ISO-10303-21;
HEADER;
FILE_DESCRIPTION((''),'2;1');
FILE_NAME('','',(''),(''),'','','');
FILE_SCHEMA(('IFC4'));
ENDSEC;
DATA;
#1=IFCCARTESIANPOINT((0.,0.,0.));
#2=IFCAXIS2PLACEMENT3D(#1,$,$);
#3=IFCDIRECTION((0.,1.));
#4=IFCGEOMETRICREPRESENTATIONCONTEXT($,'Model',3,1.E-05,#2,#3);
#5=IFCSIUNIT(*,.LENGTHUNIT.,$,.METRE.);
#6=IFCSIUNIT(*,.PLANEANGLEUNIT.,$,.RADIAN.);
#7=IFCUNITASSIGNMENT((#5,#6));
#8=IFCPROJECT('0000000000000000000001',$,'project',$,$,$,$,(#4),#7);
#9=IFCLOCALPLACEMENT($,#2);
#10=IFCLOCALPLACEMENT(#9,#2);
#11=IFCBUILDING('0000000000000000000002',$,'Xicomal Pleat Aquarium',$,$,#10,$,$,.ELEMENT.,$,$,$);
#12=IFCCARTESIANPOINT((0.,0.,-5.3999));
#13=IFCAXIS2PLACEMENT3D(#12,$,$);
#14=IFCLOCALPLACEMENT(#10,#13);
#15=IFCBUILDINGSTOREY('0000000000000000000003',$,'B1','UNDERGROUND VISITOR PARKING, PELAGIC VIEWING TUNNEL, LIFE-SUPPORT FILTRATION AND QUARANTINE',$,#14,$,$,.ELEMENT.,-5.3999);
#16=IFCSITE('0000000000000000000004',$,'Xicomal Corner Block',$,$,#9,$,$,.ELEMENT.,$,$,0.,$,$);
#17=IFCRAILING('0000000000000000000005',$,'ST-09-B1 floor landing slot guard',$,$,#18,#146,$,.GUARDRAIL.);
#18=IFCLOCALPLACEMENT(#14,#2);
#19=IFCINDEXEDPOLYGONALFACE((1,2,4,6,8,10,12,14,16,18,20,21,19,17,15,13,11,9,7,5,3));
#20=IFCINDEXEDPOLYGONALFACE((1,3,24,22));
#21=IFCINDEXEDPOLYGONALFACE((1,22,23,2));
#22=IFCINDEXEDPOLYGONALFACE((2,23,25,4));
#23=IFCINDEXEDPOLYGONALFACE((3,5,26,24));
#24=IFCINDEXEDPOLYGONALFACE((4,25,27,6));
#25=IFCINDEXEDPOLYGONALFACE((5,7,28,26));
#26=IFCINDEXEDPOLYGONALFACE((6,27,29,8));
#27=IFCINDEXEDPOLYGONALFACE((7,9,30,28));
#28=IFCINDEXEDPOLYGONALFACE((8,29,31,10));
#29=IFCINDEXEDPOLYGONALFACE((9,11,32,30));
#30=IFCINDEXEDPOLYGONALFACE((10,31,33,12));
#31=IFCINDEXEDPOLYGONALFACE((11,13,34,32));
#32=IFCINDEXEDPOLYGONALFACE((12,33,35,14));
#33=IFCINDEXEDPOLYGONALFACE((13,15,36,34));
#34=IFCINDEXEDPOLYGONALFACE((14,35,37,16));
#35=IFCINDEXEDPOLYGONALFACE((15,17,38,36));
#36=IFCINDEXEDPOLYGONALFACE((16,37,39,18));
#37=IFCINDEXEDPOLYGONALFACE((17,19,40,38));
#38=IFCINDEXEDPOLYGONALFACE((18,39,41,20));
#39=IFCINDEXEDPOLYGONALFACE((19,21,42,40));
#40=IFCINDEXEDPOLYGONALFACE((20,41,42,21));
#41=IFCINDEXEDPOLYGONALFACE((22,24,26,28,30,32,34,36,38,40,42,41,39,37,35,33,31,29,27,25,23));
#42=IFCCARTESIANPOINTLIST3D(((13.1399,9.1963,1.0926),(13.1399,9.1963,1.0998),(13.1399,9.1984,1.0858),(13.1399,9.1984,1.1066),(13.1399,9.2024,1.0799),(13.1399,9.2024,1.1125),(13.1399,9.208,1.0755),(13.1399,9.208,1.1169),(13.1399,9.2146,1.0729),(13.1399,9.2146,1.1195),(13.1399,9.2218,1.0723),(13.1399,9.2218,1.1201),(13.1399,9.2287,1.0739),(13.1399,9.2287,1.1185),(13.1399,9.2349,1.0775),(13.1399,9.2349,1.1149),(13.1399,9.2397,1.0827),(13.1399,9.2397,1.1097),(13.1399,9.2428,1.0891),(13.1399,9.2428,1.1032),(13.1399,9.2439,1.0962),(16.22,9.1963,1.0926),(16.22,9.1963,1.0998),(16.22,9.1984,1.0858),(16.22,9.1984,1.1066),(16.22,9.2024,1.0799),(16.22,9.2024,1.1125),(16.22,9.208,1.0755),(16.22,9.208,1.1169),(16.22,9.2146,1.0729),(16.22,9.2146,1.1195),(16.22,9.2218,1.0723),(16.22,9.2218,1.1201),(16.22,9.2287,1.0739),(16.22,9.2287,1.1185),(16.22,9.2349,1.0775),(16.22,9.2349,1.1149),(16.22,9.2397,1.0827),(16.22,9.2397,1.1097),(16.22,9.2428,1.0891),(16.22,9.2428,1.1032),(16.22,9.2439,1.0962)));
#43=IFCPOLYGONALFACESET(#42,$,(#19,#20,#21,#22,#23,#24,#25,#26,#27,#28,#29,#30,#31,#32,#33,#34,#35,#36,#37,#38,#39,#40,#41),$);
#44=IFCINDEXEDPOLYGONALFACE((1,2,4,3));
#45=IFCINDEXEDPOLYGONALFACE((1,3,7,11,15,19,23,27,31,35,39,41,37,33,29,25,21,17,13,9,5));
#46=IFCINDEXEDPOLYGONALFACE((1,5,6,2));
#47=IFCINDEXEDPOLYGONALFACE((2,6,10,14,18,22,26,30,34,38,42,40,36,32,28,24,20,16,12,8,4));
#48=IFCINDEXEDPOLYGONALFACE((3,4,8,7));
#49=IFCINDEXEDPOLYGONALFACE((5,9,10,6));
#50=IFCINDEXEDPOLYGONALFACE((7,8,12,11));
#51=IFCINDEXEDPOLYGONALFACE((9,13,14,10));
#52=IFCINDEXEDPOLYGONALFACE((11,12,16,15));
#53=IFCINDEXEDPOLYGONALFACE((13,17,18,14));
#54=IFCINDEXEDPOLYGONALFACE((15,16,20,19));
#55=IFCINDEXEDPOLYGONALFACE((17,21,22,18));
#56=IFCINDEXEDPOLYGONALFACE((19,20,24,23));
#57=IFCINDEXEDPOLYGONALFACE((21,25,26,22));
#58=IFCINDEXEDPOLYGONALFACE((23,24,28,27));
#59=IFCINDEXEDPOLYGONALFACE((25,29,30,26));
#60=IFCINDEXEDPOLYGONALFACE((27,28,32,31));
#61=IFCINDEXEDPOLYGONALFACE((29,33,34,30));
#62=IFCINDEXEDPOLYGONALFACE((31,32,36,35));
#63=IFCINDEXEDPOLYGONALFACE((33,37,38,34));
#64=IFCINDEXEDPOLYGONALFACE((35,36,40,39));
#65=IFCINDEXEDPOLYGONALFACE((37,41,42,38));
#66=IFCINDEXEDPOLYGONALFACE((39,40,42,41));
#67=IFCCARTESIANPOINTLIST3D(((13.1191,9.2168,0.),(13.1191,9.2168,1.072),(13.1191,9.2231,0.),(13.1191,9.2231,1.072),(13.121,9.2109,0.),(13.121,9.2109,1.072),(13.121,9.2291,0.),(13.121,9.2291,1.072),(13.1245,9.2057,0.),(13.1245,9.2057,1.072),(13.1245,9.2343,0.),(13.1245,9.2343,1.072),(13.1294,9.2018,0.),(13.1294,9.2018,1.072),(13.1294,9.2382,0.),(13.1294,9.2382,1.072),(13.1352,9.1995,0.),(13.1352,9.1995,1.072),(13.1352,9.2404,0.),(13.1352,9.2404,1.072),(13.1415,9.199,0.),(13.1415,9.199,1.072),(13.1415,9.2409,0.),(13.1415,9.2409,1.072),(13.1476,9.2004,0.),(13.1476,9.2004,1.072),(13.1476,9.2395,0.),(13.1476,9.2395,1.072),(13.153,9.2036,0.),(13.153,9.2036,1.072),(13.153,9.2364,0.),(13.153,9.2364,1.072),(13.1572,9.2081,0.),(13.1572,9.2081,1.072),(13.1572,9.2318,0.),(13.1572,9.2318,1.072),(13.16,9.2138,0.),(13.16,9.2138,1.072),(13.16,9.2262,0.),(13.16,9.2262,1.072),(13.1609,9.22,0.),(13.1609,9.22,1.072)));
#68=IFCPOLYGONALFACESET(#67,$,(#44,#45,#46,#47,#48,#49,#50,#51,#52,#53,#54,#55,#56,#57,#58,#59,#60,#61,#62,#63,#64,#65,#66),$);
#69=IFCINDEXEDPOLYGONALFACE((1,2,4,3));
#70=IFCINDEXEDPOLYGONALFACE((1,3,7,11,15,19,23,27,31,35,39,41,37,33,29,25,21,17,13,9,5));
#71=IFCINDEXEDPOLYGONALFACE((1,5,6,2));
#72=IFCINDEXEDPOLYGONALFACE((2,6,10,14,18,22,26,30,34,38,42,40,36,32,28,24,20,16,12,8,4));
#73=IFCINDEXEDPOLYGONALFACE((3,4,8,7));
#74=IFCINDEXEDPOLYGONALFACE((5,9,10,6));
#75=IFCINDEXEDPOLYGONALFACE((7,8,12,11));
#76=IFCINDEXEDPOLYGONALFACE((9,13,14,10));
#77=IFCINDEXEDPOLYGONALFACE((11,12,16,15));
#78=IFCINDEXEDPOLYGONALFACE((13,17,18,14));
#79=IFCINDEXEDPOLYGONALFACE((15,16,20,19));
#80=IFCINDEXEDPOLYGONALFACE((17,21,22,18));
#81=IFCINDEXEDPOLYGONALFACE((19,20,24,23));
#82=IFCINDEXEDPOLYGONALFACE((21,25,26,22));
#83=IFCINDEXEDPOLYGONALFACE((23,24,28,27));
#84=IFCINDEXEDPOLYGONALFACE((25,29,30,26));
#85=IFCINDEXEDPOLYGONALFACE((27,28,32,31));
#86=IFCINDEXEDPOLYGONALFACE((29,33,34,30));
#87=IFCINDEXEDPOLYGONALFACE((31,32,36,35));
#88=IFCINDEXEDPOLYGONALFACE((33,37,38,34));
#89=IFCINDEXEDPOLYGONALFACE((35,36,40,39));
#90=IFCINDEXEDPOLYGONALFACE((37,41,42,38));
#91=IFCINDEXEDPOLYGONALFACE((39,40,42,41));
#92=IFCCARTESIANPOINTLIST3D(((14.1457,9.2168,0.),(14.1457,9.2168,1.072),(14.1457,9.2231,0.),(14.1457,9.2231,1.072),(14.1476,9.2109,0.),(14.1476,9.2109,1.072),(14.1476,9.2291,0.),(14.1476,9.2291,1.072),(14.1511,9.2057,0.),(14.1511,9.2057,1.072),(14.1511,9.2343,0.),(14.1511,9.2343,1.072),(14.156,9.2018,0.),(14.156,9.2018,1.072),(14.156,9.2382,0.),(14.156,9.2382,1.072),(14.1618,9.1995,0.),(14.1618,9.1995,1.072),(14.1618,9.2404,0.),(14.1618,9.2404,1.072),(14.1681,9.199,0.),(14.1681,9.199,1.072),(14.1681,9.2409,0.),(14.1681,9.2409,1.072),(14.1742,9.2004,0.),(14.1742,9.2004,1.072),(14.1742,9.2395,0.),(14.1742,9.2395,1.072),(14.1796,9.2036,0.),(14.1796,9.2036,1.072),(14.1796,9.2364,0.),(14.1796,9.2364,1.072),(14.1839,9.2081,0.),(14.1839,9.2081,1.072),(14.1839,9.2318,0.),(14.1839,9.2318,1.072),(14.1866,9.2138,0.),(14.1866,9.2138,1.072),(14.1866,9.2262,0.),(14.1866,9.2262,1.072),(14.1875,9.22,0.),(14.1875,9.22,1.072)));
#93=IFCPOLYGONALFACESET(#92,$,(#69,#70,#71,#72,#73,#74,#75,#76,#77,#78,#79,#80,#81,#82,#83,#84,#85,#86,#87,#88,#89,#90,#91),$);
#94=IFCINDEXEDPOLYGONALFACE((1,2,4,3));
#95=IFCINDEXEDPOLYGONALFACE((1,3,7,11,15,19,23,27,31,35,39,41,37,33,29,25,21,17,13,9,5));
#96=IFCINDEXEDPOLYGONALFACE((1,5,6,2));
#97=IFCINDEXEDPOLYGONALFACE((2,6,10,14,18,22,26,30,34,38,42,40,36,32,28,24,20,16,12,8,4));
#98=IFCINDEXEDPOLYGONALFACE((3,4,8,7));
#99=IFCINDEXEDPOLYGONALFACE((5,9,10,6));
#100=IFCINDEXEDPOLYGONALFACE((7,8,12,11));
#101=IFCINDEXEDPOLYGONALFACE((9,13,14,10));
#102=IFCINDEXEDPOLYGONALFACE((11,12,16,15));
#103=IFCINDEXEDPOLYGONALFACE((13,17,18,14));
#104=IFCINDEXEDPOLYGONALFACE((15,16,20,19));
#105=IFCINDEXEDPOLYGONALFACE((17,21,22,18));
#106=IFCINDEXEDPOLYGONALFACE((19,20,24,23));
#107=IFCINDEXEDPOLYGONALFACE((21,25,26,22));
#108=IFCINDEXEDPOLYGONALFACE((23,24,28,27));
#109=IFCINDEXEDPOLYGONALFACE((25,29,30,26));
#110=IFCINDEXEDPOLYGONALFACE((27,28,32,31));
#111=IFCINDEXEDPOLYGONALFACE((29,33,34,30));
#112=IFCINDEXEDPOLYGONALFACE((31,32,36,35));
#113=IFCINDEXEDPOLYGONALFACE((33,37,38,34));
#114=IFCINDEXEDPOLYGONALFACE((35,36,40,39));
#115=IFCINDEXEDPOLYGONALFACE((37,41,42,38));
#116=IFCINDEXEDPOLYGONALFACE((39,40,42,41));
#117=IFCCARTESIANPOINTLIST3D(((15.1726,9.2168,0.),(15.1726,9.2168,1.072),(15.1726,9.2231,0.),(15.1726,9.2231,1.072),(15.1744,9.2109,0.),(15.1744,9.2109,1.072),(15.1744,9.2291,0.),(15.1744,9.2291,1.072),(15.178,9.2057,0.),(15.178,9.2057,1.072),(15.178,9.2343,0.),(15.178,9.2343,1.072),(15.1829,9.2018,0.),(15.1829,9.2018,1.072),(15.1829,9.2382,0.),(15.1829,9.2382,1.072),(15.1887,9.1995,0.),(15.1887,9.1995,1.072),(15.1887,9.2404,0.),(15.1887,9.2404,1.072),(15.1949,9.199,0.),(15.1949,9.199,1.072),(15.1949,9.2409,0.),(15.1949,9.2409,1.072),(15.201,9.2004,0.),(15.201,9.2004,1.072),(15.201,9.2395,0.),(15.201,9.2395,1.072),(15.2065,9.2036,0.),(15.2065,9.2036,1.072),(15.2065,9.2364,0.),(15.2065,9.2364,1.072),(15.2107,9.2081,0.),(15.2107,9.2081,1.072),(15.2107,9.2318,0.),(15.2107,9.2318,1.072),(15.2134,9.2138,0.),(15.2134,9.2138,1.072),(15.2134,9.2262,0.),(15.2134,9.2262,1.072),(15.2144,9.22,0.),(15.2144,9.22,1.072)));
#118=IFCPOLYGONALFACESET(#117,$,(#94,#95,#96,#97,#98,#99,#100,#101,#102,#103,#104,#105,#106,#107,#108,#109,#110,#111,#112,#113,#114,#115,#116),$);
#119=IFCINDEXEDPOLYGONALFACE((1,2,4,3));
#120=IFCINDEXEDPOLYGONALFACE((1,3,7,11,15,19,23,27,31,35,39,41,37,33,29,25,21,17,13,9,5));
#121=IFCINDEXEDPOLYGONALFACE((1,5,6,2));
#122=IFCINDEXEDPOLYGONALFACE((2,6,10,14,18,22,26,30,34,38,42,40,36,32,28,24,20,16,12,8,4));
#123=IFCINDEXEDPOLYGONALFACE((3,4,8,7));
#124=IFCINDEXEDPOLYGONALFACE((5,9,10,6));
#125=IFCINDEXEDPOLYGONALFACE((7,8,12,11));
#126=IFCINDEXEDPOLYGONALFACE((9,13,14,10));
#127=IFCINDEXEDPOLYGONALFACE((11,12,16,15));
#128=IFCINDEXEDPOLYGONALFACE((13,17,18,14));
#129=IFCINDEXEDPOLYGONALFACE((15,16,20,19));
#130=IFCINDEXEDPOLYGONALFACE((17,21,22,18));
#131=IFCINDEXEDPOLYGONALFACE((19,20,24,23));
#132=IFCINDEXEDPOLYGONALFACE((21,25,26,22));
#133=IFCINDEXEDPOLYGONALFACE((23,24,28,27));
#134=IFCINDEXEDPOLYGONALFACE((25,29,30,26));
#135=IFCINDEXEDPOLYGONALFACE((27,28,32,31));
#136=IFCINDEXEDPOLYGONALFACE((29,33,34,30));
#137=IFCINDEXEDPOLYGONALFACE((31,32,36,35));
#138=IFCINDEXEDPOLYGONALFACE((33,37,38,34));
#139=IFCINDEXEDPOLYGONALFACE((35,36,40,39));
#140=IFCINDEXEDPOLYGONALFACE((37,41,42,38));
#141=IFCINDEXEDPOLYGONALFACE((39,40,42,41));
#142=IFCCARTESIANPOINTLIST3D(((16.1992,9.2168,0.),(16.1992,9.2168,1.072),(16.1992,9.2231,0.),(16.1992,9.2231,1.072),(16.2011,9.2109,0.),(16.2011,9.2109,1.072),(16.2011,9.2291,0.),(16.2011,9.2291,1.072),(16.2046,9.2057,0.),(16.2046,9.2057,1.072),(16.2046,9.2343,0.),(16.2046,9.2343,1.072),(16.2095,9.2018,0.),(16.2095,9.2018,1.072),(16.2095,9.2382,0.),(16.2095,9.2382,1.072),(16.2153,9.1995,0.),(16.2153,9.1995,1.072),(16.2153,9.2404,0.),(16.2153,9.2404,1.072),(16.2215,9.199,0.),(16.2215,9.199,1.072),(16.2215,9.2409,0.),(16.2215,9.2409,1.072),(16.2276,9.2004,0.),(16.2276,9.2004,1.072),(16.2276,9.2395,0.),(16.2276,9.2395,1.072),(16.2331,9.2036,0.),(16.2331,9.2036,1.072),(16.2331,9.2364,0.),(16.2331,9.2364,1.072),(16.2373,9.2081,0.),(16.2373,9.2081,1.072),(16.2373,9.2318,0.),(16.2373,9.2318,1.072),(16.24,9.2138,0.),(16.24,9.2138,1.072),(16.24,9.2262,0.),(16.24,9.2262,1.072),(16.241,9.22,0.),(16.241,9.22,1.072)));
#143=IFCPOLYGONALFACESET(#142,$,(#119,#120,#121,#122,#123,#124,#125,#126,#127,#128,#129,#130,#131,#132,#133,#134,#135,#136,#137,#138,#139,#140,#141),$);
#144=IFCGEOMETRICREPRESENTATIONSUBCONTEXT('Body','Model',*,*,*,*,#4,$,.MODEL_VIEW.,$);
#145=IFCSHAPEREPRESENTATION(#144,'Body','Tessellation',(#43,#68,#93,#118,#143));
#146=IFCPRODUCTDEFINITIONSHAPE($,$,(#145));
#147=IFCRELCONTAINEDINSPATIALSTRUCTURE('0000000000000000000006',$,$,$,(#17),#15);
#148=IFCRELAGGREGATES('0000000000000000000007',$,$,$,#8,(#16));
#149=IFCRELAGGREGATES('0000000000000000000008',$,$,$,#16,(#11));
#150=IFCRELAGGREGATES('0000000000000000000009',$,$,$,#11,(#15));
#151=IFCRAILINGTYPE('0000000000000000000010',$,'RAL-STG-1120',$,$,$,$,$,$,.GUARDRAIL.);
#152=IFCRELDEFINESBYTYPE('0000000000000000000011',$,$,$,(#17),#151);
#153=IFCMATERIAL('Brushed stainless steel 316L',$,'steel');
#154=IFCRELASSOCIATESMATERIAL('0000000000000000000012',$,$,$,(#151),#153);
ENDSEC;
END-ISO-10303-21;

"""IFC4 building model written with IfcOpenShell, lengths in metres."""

from ifc_helpers import new_model, si_unit, direction, frame, origin, origin_2d, place, context, subcontext, project, spatial, circle, extrude, material, type_object, element, save


model = new_model("IFC4")

# Units and contexts
model_context = context("Model", 3, precision=1e-05, world=origin(), true_north=direction((0.0, 1.0)))
body_context = subcontext(model_context, "Body", "Model", "MODEL_VIEW")
ifc_project = project(units=[si_unit("LENGTHUNIT", "METRE"), si_unit("PLANEANGLEUNIT", "RADIAN")], contexts=[model_context])

# Site, building, storey
site_placement = place(None, origin())
site = spatial("IfcSite", under=ifc_project, at=site_placement, Name="Xicomal Corner Block", CompositionType="ELEMENT", RefElevation=0.0)
building_placement = place(site_placement, origin())
building = spatial("IfcBuilding", under=site, at=building_placement, Name="Xicomal Pleat Aquarium", CompositionType="ELEMENT")
storey_placement = place(building_placement, frame((0.0, 0.0, -5.3999)))
storey = spatial("IfcBuildingStorey", under=building, at=storey_placement, Name="B1", Description="UNDERGROUND VISITOR PARKING, PELAGIC VIEWING TUNNEL, LIFE-SUPPORT FILTRATION AND QUARANTINE", CompositionType="ELEMENT", Elevation=-5.3999)

# Railing
ifc_material_1 = material(Name="Brushed stainless steel 316L", Category="steel")
railing_type_1 = type_object("IfcRailingType", Name="RAL-STG-1120", PredefinedType="GUARDRAIL", material=ifc_material_1)
railing_1_placement = place(storey_placement, frame((13.1399, 9.22, 0.0)))
element("IfcRailing", 1, at=railing_1_placement, inside=storey, type_object=railing_type_1, Name="ST-09-B1 floor landing slot guard", PredefinedType="GUARDRAIL", context=body_context, shape_type="SweptSolid", body=[
    extrude(circle(Radius=0.0239, at=origin_2d()), frame((0.0, 0.0, 1.0962), z_axis=(1.0, 0.0, 0.0), x_axis=(0.0, 1.0, 0.0)), (0.0, 0.0, 1.0), 3.0801),
    extrude(circle(Radius=0.021, at=origin_2d()), origin(), (0.0, 0.0, 1.0), 1.072),
    extrude(circle(Radius=0.021, at=origin_2d()), frame((1.0266, 0.0, 0.0)), (0.0, 0.0, 1.0), 1.072),
    extrude(circle(Radius=0.021, at=origin_2d()), frame((2.0535, 0.0, 0.0)), (0.0, 0.0, 1.0), 1.072),
    extrude(circle(Radius=0.021, at=origin_2d()), frame((3.0801, 0.0, 0.0)), (0.0, 0.0, 1.0), 1.072),
])

save(model, "model.ifc")
